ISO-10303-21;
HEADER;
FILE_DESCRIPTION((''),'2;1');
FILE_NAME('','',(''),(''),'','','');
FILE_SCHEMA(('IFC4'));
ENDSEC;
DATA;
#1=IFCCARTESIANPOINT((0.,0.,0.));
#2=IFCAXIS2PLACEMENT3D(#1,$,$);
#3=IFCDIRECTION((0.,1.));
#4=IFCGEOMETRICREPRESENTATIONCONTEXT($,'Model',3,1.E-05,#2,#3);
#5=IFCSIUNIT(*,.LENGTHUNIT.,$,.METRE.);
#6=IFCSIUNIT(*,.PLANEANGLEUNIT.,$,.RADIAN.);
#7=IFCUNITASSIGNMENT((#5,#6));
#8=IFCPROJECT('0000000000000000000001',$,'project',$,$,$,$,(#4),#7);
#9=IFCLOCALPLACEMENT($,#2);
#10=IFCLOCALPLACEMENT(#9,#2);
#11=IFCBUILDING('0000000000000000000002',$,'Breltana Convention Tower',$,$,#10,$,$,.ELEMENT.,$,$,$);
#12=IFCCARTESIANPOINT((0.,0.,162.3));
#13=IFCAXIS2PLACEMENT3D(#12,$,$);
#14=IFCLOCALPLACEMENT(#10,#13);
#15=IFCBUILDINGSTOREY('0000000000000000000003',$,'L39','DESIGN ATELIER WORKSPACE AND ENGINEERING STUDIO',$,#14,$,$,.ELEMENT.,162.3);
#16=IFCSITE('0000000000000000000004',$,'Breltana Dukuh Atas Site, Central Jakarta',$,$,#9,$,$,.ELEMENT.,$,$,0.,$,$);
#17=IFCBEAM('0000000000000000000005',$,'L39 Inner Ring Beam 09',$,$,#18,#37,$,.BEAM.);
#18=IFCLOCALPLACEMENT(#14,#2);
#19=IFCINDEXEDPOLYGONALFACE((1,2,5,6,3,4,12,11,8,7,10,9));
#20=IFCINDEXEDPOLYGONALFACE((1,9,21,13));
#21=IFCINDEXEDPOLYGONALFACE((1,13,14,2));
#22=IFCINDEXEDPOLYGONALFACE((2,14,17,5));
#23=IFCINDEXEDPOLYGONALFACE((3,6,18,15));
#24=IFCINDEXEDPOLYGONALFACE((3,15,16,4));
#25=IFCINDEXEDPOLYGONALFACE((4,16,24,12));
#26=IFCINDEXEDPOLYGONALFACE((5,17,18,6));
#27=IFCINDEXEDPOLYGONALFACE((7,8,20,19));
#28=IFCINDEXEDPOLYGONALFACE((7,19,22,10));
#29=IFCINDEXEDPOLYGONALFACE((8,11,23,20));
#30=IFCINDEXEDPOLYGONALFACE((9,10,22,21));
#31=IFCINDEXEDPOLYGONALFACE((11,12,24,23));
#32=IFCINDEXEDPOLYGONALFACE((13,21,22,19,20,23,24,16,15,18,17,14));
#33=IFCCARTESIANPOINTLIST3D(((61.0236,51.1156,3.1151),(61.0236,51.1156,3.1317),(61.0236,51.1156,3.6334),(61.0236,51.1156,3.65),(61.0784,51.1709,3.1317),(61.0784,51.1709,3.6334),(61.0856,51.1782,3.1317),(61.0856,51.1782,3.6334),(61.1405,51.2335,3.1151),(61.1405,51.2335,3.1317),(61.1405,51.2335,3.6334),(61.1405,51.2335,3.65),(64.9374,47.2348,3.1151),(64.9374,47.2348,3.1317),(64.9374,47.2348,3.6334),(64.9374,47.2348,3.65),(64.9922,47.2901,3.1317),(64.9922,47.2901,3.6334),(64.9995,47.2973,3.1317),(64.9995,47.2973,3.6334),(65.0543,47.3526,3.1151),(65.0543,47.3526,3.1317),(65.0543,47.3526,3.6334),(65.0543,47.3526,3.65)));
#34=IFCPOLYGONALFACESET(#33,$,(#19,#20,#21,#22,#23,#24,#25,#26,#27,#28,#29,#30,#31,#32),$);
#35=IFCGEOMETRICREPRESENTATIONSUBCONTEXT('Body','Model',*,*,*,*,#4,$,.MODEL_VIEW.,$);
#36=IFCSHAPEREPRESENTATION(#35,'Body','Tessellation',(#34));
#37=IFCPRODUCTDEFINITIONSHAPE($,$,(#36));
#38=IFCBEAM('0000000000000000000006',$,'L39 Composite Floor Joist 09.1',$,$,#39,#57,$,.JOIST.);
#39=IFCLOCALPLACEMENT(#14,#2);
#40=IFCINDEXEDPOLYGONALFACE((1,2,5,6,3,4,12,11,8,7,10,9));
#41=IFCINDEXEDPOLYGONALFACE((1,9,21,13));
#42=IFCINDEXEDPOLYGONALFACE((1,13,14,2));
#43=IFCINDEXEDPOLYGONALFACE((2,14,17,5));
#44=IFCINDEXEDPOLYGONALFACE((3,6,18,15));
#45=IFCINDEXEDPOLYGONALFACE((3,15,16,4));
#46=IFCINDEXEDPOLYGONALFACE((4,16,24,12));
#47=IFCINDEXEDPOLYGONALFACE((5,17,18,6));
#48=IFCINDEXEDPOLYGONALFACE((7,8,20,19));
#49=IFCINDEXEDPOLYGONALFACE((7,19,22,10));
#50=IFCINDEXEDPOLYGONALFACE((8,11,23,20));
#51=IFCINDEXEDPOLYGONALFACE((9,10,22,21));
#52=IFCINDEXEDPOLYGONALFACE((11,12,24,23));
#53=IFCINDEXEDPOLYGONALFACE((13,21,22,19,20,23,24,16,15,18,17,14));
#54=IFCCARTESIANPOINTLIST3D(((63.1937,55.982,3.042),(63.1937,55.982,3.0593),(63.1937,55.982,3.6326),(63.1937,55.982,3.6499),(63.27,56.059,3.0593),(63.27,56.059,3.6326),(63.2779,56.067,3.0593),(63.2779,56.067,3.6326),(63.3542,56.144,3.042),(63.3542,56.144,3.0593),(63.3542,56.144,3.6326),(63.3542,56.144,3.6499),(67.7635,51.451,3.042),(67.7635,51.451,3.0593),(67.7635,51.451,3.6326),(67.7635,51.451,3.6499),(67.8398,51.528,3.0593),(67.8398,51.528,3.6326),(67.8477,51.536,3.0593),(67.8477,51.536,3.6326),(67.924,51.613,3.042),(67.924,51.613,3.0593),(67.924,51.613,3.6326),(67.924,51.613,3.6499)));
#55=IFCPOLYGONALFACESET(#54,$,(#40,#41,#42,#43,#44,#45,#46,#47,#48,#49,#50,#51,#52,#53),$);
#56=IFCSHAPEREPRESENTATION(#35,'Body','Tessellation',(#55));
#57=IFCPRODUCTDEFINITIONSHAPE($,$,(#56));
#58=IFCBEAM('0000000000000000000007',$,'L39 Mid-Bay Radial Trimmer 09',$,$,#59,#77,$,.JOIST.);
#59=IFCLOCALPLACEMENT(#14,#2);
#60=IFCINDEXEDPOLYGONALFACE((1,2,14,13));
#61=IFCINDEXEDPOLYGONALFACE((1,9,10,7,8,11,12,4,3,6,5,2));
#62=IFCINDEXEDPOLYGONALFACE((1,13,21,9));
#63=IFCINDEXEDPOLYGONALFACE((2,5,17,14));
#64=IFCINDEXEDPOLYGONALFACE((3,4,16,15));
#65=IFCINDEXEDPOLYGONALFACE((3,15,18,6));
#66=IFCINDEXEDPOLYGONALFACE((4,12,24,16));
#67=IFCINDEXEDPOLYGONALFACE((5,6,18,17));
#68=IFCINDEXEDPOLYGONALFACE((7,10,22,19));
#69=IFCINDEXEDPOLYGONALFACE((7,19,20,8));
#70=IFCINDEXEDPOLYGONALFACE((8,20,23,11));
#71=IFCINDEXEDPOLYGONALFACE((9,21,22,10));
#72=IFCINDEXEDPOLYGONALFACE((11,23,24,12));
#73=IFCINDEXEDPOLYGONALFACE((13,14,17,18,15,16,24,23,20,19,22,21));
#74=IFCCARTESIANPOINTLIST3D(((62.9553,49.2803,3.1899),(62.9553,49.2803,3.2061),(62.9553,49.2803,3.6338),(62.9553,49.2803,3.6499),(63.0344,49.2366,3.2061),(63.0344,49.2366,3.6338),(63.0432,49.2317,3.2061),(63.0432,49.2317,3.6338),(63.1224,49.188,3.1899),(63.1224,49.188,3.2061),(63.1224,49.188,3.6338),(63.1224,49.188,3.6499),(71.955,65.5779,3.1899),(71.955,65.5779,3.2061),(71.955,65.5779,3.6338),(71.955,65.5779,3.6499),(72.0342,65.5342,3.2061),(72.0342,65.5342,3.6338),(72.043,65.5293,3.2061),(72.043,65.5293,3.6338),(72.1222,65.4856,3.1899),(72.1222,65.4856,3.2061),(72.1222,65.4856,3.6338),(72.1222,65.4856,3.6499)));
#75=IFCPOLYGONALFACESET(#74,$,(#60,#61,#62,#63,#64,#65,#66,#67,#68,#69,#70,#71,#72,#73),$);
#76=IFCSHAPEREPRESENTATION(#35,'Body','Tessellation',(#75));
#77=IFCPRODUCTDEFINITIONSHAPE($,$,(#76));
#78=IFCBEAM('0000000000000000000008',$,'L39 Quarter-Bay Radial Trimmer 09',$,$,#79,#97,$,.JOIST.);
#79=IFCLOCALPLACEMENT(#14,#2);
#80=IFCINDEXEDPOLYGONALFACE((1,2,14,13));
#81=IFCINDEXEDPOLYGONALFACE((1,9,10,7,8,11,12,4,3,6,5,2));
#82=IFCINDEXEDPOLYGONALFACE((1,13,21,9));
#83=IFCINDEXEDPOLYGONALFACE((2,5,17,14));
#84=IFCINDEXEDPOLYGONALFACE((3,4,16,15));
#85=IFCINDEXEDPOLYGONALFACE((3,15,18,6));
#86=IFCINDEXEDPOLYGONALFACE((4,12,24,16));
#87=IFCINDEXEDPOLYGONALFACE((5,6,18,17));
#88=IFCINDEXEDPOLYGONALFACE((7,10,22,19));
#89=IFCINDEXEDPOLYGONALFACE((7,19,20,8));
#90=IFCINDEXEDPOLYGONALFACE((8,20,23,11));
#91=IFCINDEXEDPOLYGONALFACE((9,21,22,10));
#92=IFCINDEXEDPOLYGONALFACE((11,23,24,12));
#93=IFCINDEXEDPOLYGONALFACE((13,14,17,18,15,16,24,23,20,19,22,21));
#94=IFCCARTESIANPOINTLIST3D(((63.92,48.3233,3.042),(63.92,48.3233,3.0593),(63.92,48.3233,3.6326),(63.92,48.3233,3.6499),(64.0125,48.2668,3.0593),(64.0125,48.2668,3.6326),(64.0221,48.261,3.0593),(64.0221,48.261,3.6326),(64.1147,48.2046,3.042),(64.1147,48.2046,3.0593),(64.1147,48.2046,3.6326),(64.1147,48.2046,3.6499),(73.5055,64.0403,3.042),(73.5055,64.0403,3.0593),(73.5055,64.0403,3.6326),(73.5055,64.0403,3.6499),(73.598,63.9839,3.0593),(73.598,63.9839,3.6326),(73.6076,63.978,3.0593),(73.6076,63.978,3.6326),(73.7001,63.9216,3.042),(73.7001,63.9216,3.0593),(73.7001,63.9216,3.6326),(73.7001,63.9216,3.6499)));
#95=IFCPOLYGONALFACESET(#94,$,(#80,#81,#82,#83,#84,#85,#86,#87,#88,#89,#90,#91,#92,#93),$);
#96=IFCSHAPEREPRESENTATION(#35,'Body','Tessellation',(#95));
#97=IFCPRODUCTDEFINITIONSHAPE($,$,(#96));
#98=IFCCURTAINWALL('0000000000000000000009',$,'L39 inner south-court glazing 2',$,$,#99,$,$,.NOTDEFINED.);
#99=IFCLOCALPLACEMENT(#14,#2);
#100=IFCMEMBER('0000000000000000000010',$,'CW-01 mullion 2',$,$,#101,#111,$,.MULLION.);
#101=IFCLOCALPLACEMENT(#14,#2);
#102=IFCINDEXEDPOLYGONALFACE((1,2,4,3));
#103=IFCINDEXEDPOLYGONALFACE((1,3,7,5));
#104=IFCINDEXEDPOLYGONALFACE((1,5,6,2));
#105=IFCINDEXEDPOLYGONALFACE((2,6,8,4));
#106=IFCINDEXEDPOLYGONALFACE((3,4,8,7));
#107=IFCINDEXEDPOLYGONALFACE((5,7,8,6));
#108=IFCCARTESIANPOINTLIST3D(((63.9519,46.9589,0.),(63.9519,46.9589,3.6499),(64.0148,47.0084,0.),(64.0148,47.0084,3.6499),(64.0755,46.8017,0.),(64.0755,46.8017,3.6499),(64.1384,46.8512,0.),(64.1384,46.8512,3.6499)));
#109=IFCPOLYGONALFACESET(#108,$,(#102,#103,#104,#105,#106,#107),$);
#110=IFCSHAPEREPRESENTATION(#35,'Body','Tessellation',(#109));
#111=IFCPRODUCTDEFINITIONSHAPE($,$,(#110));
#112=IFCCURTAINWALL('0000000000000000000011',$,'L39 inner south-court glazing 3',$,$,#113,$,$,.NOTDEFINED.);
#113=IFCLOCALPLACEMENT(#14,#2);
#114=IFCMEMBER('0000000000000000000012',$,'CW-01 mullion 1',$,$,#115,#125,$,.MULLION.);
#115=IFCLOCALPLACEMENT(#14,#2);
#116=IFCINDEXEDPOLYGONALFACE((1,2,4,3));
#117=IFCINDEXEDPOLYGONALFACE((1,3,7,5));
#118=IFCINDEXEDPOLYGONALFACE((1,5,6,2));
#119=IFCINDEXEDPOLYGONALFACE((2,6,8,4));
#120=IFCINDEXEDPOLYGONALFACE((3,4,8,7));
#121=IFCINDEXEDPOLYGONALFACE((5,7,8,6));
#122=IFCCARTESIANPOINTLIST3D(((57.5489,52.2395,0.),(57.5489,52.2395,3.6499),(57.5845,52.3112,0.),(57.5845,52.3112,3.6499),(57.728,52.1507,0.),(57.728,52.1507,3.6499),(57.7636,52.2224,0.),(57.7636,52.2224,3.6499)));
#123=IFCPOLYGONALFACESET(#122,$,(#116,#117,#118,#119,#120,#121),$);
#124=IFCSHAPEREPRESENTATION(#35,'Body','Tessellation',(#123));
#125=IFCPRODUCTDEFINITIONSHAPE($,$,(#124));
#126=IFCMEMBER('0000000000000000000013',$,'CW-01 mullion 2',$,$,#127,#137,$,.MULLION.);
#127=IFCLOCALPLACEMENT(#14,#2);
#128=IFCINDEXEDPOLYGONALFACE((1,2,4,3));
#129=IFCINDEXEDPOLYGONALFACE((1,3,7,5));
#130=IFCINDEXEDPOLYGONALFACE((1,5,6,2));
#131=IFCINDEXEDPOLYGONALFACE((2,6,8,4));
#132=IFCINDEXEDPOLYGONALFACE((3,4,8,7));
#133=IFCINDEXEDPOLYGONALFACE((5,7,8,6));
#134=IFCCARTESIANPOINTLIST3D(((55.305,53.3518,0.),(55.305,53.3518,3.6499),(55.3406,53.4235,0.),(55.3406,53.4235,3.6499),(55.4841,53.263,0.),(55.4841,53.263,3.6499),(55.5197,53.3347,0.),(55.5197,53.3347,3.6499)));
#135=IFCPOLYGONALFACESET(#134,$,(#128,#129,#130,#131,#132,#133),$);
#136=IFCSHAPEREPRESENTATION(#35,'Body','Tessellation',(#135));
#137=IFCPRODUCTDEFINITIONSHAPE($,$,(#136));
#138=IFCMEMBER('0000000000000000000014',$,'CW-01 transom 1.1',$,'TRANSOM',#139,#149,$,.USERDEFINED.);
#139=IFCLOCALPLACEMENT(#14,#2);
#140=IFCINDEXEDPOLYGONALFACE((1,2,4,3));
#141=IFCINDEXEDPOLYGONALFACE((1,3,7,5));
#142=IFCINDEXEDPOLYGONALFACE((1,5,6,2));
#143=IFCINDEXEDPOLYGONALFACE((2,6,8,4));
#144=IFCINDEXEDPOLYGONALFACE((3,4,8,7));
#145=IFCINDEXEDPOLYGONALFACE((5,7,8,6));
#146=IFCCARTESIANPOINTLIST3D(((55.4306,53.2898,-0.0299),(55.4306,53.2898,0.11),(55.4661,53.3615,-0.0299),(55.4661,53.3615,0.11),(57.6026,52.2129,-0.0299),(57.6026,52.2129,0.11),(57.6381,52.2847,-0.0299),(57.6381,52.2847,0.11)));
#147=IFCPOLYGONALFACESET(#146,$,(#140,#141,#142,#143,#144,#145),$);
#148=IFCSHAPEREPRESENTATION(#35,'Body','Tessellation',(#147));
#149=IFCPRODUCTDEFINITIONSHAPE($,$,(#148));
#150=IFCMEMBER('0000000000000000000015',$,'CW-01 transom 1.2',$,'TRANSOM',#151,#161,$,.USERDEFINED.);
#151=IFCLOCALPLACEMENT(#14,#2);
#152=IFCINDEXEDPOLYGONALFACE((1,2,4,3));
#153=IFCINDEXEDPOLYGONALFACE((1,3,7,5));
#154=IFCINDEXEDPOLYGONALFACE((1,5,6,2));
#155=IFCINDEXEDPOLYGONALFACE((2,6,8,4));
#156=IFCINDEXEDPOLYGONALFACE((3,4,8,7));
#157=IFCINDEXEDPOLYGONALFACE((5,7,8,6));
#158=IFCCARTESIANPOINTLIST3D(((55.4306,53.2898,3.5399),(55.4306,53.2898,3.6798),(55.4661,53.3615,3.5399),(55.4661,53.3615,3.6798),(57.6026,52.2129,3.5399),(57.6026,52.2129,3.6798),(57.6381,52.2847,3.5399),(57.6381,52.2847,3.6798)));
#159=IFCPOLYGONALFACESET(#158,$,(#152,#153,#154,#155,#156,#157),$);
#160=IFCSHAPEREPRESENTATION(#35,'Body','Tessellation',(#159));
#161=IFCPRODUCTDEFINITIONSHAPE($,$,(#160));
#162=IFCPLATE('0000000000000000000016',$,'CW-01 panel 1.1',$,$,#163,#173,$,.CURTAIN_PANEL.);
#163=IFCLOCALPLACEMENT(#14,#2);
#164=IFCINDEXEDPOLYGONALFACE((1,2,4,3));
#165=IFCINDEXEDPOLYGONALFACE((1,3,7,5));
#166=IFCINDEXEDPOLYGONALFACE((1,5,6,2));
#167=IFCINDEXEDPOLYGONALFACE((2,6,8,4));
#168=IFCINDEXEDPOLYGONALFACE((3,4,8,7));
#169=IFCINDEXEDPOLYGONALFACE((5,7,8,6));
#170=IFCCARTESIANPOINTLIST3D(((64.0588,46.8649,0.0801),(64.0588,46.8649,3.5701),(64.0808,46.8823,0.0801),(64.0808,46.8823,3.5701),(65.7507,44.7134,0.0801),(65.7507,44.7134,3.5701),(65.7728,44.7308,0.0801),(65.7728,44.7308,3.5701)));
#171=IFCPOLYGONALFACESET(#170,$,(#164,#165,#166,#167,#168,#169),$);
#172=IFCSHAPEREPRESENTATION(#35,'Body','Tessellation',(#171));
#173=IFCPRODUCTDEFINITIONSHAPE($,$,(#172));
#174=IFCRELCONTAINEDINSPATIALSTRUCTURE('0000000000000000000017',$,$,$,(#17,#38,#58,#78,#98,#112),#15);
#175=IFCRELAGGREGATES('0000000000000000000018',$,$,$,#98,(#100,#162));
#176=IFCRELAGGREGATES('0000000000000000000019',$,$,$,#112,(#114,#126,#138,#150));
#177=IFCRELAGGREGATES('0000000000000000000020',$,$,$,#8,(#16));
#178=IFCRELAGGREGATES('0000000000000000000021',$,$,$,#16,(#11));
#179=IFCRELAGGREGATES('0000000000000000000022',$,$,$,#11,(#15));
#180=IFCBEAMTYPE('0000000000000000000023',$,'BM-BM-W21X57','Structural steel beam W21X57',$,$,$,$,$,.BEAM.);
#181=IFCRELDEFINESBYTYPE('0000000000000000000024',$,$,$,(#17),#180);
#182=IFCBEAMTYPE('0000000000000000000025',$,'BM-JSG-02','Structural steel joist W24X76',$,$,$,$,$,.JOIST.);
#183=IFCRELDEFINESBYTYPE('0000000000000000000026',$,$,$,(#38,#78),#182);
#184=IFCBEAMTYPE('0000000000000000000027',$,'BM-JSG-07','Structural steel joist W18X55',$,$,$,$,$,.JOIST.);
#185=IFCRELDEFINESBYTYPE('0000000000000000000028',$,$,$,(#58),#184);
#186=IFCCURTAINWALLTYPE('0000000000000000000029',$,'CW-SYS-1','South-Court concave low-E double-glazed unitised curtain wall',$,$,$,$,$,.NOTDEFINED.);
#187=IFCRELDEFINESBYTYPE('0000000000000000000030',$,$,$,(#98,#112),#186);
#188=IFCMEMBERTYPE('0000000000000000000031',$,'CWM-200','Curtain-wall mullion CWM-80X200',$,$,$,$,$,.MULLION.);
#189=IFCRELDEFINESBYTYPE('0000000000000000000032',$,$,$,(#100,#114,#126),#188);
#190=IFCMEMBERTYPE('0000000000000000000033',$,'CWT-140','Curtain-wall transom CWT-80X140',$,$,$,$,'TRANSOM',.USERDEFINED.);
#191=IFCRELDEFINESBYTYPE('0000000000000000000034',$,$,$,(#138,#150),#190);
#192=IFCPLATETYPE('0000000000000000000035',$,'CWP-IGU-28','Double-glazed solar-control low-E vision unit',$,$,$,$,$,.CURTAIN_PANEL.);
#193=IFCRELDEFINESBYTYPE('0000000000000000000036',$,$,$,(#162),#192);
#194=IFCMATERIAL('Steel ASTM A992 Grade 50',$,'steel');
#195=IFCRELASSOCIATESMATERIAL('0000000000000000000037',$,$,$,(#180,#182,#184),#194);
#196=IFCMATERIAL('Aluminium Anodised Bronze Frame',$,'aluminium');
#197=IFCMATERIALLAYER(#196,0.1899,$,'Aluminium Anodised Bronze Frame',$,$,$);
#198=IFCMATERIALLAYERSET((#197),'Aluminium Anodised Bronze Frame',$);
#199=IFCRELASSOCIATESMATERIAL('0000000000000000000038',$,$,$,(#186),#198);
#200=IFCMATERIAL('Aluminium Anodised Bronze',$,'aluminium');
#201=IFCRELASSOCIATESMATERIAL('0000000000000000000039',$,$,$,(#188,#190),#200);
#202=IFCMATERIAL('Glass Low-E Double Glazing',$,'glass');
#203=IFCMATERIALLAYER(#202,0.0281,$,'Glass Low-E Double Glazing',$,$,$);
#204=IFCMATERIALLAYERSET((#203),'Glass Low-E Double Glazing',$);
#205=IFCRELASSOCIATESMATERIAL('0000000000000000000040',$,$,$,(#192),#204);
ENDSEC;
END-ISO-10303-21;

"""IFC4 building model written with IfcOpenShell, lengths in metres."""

from ifc_helpers import new_model, si_unit, direction, frame, origin, origin_2d, place, context, subcontext, project, spatial, rectangle, i_section, extrude, source, transform, mapped, material, layer, layer_set, material_profile, profile_set, type_object, element, aggregate, save


model = new_model("IFC4")

# Units and contexts
model_context = context("Model", 3, precision=1e-05, world=origin(), true_north=direction((0.0, 1.0)))
body_context = subcontext(model_context, "Body", "Model", "MODEL_VIEW")
ifc_project = project(units=[si_unit("LENGTHUNIT", "METRE"), si_unit("PLANEANGLEUNIT", "RADIAN")], contexts=[model_context])

# Site, building, storey
site_placement = place(None, origin())
site = spatial("IfcSite", under=ifc_project, at=site_placement, Name="Breltana Dukuh Atas Site, Central Jakarta", CompositionType="ELEMENT", RefElevation=0.0)
building_placement = place(site_placement, origin())
building = spatial("IfcBuilding", under=site, at=building_placement, Name="Breltana Convention Tower", CompositionType="ELEMENT")
storey_placement = place(building_placement, frame((0.0, 0.0, 162.3)))
storey = spatial("IfcBuildingStorey", under=building, at=storey_placement, Name="L39", Description="DESIGN ATELIER WORKSPACE AND ENGINEERING STUDIO", CompositionType="ELEMENT", Elevation=162.3)

# Beams
ifc_material_1 = material(Name="Steel ASTM A992 Grade 50", Category="steel")
ifc_material_profile_1 = material_profile(ifc_material_1, i_section(OverallWidth=0.166, OverallDepth=0.5349, WebThickness=0.0103, FlangeThickness=0.0166, at=origin_2d()), Name="W21X57")
ifc_profile_set_1 = profile_set([ifc_material_profile_1], Name="Steel ASTM A992 Grade 50")
beam_type_1 = type_object("IfcBeamType", Name="BM-BM-W21X57", Description="Structural steel beam W21X57", PredefinedType="BEAM", material=ifc_profile_set_1)
shared_shape_1 = source(origin(), body_context, "Body", "SweptSolid", [
    extrude(i_section(OverallWidth=0.166, OverallDepth=0.5349, WebThickness=0.0103, FlangeThickness=0.0166, at=origin_2d()), origin(), (0.0, 0.0, 1.0), 5.5117),
])
beam_1_placement = place(storey_placement, frame((61.082, 51.1746, 3.3826), z_axis=(0.71009, -0.704111, 0.0), x_axis=(0.704111, 0.71009, 0.0)))
element("IfcBeam", 1, at=beam_1_placement, inside=storey, type_object=beam_type_1, Name="L39 Inner Ring Beam 09", PredefinedType="BEAM", context=body_context, shape_type="MappedRepresentation", body=[
    mapped(shared_shape_1, transform((0.0, 0.0, 0.0), scale=1.0)),
])
ifc_material_profile_2 = material_profile(ifc_material_1, i_section(OverallWidth=0.228, OverallDepth=0.6079, WebThickness=0.0112, FlangeThickness=0.0173, at=origin_2d()), Name="W24X76")
ifc_profile_set_2 = profile_set([ifc_material_profile_2], Name="Steel ASTM A992 Grade 50")
beam_type_2 = type_object("IfcBeamType", Name="BM-JSG-02", Description="Structural steel joist W24X76", PredefinedType="JOIST", material=ifc_profile_set_2)
shared_shape_2 = source(origin(), body_context, "Body", "SweptSolid", [
    extrude(i_section(OverallWidth=0.228, OverallDepth=0.6079, WebThickness=0.0112, FlangeThickness=0.0173, at=origin_2d()), origin(), (0.0, 0.0, 1.0), 6.4353),
])
beam_2_placement = place(storey_placement, frame((63.2739, 56.063, 3.3459), z_axis=(0.710116, -0.704084, 0.0), x_axis=(0.704084, 0.710116, 0.0)))
element("IfcBeam", 2, at=beam_2_placement, inside=storey, type_object=beam_type_2, Name="L39 Composite Floor Joist 09.1", PredefinedType="JOIST", context=body_context, shape_type="MappedRepresentation", body=[
    mapped(shared_shape_2, transform((0.0, 0.0, 0.0), scale=1.0)),
])
ifc_material_profile_3 = material_profile(ifc_material_1, i_section(OverallWidth=0.1909, OverallDepth=0.46, WebThickness=0.01, FlangeThickness=0.0161, at=origin_2d()), Name="W18X55")
ifc_profile_set_3 = profile_set([ifc_material_profile_3], Name="Steel ASTM A992 Grade 50")
beam_type_3 = type_object("IfcBeamType", Name="BM-JSG-07", Description="Structural steel joist W18X55", PredefinedType="JOIST", material=ifc_profile_set_3)
shared_shape_3 = source(origin(), body_context, "Body", "SweptSolid", [
    extrude(i_section(OverallWidth=0.1909, OverallDepth=0.46, WebThickness=0.01, FlangeThickness=0.0161, at=origin_2d()), origin(), (0.0, 0.0, 1.0), 18.6174),
])
beam_3_placement = place(storey_placement, frame((63.0388, 49.2341, 3.4199), z_axis=(0.483406, 0.875396, 0.0), x_axis=(-0.875396, 0.483406, 0.0)))
element("IfcBeam", 3, at=beam_3_placement, inside=storey, type_object=beam_type_3, Name="L39 Mid-Bay Radial Trimmer 09", PredefinedType="JOIST", context=body_context, shape_type="MappedRepresentation", body=[
    mapped(shared_shape_3, transform((0.0, 0.0, 0.0), scale=1.0)),
])
shared_shape_4 = source(origin(), body_context, "Body", "SweptSolid", [
    extrude(i_section(OverallWidth=0.228, OverallDepth=0.6079, WebThickness=0.0112, FlangeThickness=0.0173, at=origin_2d()), origin(), (0.0, 0.0, 1.0), 18.4094),
])
beam_4_placement = place(storey_placement, frame((64.0173, 48.2639, 3.3459), z_axis=(0.520682, 0.853751, 0.0), x_axis=(-0.853751, 0.520682, 0.0)))
element("IfcBeam", 4, at=beam_4_placement, inside=storey, type_object=beam_type_2, Name="L39 Quarter-Bay Radial Trimmer 09", PredefinedType="JOIST", context=body_context, shape_type="MappedRepresentation", body=[
    mapped(shared_shape_4, transform((0.0, 0.0, 0.0), scale=1.0)),
])

# Curtain wall, member
ifc_material_2 = material(Name="Aluminium Anodised Bronze Frame", Category="aluminium")
ifc_layer_1 = layer(ifc_material_2, 0.1899, Name="Aluminium Anodised Bronze Frame")
ifc_layer_set_1 = layer_set([ifc_layer_1], Name="Aluminium Anodised Bronze Frame")
curtain_wall_type = type_object("IfcCurtainWallType", Name="CW-SYS-1", Description="South-Court concave low-E double-glazed unitised curtain wall", PredefinedType="NOTDEFINED", material=ifc_layer_set_1)
curtain_wall_1_placement = place(storey_placement, origin())
curtain_wall_1 = element("IfcCurtainWall", 5, at=curtain_wall_1_placement, inside=storey, type_object=curtain_wall_type, Name="L39 inner south-court glazing 2", PredefinedType="NOTDEFINED")
ifc_material_3 = material(Name="Aluminium Anodised Bronze", Category="aluminium")
ifc_material_profile_4 = material_profile(ifc_material_3, rectangle(XDim=0.0801, YDim=0.2, at=origin_2d()), Name="CWM-80X200")
ifc_profile_set_4 = profile_set([ifc_material_profile_4], Name="Aluminium Anodised Bronze")
member_type_1 = type_object("IfcMemberType", Name="CWM-200", Description="Curtain-wall mullion CWM-80X200", PredefinedType="MULLION", material=ifc_profile_set_4)
shared_shape_5 = source(origin(), body_context, "Body", "SweptSolid", [
    extrude(rectangle(XDim=0.0801, YDim=0.2, at=origin_2d()), origin(), (0.0, 0.0, 1.0), 3.6499),
])
member_1_placement = place(storey_placement, frame((64.0452, 46.905, 0.0), z_axis=(0.0, 0.0, 1.0), x_axis=(-0.786051, -0.618161, 0.0)))
member_1 = element("IfcMember", 6, at=member_1_placement, type_object=member_type_1, Name="CW-01 mullion 2", PredefinedType="MULLION", context=body_context, shape_type="MappedRepresentation", body=[
    mapped(shared_shape_5, transform((0.0, 0.0, 0.0), scale=1.0)),
])

# Curtain wall, members
curtain_wall_2_placement = place(storey_placement, origin())
curtain_wall_2 = element("IfcCurtainWall", 7, at=curtain_wall_2_placement, inside=storey, type_object=curtain_wall_type, Name="L39 inner south-court glazing 3", PredefinedType="NOTDEFINED")
member_2_placement = place(storey_placement, frame((57.6562, 52.231, 0.0), z_axis=(0.0, 0.0, 1.0), x_axis=(-0.444115, -0.89597, 0.0)))
member_2 = element("IfcMember", 8, at=member_2_placement, type_object=member_type_1, Name="CW-01 mullion 1", PredefinedType="MULLION", context=body_context, shape_type="MappedRepresentation", body=[
    mapped(shared_shape_5, transform((0.0, 0.0, 0.0), scale=1.0)),
])
member_3_placement = place(storey_placement, frame((55.4124, 53.3433, 0.0), z_axis=(0.0, 0.0, 1.0), x_axis=(-0.444115, -0.89597, 0.0)))
member_3 = element("IfcMember", 9, at=member_3_placement, type_object=member_type_1, Name="CW-01 mullion 2", PredefinedType="MULLION", context=body_context, shape_type="MappedRepresentation", body=[
    mapped(shared_shape_5, transform((0.0, 0.0, 0.0), scale=1.0)),
])
ifc_material_profile_5 = material_profile(ifc_material_3, rectangle(XDim=0.0801, YDim=0.1399, at=origin_2d()), Name="CWT-80X140")
ifc_profile_set_5 = profile_set([ifc_material_profile_5], Name="Aluminium Anodised Bronze")
member_type_2 = type_object("IfcMemberType", Name="CWT-140", Description="Curtain-wall transom CWT-80X140", ElementType="TRANSOM", PredefinedType="USERDEFINED", material=ifc_profile_set_5)
shared_shape_6 = source(origin(), body_context, "Body", "SweptSolid", [
    extrude(rectangle(XDim=0.0801, YDim=0.1399, at=origin_2d()), origin(), (0.0, 0.0, 1.0), 2.4243),
])
member_4_placement = place(storey_placement, frame((57.6204, 52.2488, 0.04), z_axis=(-0.895933, 0.44419, 0.0), x_axis=(-0.44419, -0.895933, 0.0)))
member_4 = element("IfcMember", 10, at=member_4_placement, type_object=member_type_2, Name="CW-01 transom 1.1", ObjectType="TRANSOM", PredefinedType="USERDEFINED", context=body_context, shape_type="MappedRepresentation", body=[
    mapped(shared_shape_6, transform((0.0, 0.0, 0.0), scale=1.0)),
])
member_5_placement = place(storey_placement, frame((57.6204, 52.2488, 3.6099), z_axis=(-0.895933, 0.44419, 0.0), x_axis=(-0.44419, -0.895933, 0.0)))
member_5 = element("IfcMember", 11, at=member_5_placement, type_object=member_type_2, Name="CW-01 transom 1.2", ObjectType="TRANSOM", PredefinedType="USERDEFINED", context=body_context, shape_type="MappedRepresentation", body=[
    mapped(shared_shape_6, transform((0.0, 0.0, 0.0), scale=1.0)),
])

# Plate
ifc_material_4 = material(Name="Glass Low-E Double Glazing", Category="glass")
ifc_layer_2 = layer(ifc_material_4, 0.0281, Name="Glass Low-E Double Glazing")
ifc_layer_set_2 = layer_set([ifc_layer_2], Name="Glass Low-E Double Glazing")
plate_type = type_object("IfcPlateType", Name="CWP-IGU-28", Description="Double-glazed solar-control low-E vision unit", PredefinedType="CURTAIN_PANEL", material=ifc_layer_set_2)
shared_shape_7 = source(origin(), body_context, "Body", "SweptSolid", [
    extrude(rectangle(XDim=2.7371, YDim=0.0281, at=origin_2d()), origin(), (0.0, 0.0, 1.0), 3.49),
])
plate_1_placement = place(storey_placement, frame((64.9158, 45.7979, 0.0801), z_axis=(0.0, 0.0, 1.0), x_axis=(-0.618161, 0.786051, 0.0)))
plate_1 = element("IfcPlate", 12, at=plate_1_placement, type_object=plate_type, Name="CW-01 panel 1.1", PredefinedType="CURTAIN_PANEL", context=body_context, shape_type="MappedRepresentation", body=[
    mapped(shared_shape_7, transform((0.0, 0.0, 0.0), scale=1.0)),
])
aggregate(curtain_wall_1, [member_1, plate_1])
aggregate(curtain_wall_2, [member_2, member_3, member_4, member_5])

save(model, "model.ifc")
